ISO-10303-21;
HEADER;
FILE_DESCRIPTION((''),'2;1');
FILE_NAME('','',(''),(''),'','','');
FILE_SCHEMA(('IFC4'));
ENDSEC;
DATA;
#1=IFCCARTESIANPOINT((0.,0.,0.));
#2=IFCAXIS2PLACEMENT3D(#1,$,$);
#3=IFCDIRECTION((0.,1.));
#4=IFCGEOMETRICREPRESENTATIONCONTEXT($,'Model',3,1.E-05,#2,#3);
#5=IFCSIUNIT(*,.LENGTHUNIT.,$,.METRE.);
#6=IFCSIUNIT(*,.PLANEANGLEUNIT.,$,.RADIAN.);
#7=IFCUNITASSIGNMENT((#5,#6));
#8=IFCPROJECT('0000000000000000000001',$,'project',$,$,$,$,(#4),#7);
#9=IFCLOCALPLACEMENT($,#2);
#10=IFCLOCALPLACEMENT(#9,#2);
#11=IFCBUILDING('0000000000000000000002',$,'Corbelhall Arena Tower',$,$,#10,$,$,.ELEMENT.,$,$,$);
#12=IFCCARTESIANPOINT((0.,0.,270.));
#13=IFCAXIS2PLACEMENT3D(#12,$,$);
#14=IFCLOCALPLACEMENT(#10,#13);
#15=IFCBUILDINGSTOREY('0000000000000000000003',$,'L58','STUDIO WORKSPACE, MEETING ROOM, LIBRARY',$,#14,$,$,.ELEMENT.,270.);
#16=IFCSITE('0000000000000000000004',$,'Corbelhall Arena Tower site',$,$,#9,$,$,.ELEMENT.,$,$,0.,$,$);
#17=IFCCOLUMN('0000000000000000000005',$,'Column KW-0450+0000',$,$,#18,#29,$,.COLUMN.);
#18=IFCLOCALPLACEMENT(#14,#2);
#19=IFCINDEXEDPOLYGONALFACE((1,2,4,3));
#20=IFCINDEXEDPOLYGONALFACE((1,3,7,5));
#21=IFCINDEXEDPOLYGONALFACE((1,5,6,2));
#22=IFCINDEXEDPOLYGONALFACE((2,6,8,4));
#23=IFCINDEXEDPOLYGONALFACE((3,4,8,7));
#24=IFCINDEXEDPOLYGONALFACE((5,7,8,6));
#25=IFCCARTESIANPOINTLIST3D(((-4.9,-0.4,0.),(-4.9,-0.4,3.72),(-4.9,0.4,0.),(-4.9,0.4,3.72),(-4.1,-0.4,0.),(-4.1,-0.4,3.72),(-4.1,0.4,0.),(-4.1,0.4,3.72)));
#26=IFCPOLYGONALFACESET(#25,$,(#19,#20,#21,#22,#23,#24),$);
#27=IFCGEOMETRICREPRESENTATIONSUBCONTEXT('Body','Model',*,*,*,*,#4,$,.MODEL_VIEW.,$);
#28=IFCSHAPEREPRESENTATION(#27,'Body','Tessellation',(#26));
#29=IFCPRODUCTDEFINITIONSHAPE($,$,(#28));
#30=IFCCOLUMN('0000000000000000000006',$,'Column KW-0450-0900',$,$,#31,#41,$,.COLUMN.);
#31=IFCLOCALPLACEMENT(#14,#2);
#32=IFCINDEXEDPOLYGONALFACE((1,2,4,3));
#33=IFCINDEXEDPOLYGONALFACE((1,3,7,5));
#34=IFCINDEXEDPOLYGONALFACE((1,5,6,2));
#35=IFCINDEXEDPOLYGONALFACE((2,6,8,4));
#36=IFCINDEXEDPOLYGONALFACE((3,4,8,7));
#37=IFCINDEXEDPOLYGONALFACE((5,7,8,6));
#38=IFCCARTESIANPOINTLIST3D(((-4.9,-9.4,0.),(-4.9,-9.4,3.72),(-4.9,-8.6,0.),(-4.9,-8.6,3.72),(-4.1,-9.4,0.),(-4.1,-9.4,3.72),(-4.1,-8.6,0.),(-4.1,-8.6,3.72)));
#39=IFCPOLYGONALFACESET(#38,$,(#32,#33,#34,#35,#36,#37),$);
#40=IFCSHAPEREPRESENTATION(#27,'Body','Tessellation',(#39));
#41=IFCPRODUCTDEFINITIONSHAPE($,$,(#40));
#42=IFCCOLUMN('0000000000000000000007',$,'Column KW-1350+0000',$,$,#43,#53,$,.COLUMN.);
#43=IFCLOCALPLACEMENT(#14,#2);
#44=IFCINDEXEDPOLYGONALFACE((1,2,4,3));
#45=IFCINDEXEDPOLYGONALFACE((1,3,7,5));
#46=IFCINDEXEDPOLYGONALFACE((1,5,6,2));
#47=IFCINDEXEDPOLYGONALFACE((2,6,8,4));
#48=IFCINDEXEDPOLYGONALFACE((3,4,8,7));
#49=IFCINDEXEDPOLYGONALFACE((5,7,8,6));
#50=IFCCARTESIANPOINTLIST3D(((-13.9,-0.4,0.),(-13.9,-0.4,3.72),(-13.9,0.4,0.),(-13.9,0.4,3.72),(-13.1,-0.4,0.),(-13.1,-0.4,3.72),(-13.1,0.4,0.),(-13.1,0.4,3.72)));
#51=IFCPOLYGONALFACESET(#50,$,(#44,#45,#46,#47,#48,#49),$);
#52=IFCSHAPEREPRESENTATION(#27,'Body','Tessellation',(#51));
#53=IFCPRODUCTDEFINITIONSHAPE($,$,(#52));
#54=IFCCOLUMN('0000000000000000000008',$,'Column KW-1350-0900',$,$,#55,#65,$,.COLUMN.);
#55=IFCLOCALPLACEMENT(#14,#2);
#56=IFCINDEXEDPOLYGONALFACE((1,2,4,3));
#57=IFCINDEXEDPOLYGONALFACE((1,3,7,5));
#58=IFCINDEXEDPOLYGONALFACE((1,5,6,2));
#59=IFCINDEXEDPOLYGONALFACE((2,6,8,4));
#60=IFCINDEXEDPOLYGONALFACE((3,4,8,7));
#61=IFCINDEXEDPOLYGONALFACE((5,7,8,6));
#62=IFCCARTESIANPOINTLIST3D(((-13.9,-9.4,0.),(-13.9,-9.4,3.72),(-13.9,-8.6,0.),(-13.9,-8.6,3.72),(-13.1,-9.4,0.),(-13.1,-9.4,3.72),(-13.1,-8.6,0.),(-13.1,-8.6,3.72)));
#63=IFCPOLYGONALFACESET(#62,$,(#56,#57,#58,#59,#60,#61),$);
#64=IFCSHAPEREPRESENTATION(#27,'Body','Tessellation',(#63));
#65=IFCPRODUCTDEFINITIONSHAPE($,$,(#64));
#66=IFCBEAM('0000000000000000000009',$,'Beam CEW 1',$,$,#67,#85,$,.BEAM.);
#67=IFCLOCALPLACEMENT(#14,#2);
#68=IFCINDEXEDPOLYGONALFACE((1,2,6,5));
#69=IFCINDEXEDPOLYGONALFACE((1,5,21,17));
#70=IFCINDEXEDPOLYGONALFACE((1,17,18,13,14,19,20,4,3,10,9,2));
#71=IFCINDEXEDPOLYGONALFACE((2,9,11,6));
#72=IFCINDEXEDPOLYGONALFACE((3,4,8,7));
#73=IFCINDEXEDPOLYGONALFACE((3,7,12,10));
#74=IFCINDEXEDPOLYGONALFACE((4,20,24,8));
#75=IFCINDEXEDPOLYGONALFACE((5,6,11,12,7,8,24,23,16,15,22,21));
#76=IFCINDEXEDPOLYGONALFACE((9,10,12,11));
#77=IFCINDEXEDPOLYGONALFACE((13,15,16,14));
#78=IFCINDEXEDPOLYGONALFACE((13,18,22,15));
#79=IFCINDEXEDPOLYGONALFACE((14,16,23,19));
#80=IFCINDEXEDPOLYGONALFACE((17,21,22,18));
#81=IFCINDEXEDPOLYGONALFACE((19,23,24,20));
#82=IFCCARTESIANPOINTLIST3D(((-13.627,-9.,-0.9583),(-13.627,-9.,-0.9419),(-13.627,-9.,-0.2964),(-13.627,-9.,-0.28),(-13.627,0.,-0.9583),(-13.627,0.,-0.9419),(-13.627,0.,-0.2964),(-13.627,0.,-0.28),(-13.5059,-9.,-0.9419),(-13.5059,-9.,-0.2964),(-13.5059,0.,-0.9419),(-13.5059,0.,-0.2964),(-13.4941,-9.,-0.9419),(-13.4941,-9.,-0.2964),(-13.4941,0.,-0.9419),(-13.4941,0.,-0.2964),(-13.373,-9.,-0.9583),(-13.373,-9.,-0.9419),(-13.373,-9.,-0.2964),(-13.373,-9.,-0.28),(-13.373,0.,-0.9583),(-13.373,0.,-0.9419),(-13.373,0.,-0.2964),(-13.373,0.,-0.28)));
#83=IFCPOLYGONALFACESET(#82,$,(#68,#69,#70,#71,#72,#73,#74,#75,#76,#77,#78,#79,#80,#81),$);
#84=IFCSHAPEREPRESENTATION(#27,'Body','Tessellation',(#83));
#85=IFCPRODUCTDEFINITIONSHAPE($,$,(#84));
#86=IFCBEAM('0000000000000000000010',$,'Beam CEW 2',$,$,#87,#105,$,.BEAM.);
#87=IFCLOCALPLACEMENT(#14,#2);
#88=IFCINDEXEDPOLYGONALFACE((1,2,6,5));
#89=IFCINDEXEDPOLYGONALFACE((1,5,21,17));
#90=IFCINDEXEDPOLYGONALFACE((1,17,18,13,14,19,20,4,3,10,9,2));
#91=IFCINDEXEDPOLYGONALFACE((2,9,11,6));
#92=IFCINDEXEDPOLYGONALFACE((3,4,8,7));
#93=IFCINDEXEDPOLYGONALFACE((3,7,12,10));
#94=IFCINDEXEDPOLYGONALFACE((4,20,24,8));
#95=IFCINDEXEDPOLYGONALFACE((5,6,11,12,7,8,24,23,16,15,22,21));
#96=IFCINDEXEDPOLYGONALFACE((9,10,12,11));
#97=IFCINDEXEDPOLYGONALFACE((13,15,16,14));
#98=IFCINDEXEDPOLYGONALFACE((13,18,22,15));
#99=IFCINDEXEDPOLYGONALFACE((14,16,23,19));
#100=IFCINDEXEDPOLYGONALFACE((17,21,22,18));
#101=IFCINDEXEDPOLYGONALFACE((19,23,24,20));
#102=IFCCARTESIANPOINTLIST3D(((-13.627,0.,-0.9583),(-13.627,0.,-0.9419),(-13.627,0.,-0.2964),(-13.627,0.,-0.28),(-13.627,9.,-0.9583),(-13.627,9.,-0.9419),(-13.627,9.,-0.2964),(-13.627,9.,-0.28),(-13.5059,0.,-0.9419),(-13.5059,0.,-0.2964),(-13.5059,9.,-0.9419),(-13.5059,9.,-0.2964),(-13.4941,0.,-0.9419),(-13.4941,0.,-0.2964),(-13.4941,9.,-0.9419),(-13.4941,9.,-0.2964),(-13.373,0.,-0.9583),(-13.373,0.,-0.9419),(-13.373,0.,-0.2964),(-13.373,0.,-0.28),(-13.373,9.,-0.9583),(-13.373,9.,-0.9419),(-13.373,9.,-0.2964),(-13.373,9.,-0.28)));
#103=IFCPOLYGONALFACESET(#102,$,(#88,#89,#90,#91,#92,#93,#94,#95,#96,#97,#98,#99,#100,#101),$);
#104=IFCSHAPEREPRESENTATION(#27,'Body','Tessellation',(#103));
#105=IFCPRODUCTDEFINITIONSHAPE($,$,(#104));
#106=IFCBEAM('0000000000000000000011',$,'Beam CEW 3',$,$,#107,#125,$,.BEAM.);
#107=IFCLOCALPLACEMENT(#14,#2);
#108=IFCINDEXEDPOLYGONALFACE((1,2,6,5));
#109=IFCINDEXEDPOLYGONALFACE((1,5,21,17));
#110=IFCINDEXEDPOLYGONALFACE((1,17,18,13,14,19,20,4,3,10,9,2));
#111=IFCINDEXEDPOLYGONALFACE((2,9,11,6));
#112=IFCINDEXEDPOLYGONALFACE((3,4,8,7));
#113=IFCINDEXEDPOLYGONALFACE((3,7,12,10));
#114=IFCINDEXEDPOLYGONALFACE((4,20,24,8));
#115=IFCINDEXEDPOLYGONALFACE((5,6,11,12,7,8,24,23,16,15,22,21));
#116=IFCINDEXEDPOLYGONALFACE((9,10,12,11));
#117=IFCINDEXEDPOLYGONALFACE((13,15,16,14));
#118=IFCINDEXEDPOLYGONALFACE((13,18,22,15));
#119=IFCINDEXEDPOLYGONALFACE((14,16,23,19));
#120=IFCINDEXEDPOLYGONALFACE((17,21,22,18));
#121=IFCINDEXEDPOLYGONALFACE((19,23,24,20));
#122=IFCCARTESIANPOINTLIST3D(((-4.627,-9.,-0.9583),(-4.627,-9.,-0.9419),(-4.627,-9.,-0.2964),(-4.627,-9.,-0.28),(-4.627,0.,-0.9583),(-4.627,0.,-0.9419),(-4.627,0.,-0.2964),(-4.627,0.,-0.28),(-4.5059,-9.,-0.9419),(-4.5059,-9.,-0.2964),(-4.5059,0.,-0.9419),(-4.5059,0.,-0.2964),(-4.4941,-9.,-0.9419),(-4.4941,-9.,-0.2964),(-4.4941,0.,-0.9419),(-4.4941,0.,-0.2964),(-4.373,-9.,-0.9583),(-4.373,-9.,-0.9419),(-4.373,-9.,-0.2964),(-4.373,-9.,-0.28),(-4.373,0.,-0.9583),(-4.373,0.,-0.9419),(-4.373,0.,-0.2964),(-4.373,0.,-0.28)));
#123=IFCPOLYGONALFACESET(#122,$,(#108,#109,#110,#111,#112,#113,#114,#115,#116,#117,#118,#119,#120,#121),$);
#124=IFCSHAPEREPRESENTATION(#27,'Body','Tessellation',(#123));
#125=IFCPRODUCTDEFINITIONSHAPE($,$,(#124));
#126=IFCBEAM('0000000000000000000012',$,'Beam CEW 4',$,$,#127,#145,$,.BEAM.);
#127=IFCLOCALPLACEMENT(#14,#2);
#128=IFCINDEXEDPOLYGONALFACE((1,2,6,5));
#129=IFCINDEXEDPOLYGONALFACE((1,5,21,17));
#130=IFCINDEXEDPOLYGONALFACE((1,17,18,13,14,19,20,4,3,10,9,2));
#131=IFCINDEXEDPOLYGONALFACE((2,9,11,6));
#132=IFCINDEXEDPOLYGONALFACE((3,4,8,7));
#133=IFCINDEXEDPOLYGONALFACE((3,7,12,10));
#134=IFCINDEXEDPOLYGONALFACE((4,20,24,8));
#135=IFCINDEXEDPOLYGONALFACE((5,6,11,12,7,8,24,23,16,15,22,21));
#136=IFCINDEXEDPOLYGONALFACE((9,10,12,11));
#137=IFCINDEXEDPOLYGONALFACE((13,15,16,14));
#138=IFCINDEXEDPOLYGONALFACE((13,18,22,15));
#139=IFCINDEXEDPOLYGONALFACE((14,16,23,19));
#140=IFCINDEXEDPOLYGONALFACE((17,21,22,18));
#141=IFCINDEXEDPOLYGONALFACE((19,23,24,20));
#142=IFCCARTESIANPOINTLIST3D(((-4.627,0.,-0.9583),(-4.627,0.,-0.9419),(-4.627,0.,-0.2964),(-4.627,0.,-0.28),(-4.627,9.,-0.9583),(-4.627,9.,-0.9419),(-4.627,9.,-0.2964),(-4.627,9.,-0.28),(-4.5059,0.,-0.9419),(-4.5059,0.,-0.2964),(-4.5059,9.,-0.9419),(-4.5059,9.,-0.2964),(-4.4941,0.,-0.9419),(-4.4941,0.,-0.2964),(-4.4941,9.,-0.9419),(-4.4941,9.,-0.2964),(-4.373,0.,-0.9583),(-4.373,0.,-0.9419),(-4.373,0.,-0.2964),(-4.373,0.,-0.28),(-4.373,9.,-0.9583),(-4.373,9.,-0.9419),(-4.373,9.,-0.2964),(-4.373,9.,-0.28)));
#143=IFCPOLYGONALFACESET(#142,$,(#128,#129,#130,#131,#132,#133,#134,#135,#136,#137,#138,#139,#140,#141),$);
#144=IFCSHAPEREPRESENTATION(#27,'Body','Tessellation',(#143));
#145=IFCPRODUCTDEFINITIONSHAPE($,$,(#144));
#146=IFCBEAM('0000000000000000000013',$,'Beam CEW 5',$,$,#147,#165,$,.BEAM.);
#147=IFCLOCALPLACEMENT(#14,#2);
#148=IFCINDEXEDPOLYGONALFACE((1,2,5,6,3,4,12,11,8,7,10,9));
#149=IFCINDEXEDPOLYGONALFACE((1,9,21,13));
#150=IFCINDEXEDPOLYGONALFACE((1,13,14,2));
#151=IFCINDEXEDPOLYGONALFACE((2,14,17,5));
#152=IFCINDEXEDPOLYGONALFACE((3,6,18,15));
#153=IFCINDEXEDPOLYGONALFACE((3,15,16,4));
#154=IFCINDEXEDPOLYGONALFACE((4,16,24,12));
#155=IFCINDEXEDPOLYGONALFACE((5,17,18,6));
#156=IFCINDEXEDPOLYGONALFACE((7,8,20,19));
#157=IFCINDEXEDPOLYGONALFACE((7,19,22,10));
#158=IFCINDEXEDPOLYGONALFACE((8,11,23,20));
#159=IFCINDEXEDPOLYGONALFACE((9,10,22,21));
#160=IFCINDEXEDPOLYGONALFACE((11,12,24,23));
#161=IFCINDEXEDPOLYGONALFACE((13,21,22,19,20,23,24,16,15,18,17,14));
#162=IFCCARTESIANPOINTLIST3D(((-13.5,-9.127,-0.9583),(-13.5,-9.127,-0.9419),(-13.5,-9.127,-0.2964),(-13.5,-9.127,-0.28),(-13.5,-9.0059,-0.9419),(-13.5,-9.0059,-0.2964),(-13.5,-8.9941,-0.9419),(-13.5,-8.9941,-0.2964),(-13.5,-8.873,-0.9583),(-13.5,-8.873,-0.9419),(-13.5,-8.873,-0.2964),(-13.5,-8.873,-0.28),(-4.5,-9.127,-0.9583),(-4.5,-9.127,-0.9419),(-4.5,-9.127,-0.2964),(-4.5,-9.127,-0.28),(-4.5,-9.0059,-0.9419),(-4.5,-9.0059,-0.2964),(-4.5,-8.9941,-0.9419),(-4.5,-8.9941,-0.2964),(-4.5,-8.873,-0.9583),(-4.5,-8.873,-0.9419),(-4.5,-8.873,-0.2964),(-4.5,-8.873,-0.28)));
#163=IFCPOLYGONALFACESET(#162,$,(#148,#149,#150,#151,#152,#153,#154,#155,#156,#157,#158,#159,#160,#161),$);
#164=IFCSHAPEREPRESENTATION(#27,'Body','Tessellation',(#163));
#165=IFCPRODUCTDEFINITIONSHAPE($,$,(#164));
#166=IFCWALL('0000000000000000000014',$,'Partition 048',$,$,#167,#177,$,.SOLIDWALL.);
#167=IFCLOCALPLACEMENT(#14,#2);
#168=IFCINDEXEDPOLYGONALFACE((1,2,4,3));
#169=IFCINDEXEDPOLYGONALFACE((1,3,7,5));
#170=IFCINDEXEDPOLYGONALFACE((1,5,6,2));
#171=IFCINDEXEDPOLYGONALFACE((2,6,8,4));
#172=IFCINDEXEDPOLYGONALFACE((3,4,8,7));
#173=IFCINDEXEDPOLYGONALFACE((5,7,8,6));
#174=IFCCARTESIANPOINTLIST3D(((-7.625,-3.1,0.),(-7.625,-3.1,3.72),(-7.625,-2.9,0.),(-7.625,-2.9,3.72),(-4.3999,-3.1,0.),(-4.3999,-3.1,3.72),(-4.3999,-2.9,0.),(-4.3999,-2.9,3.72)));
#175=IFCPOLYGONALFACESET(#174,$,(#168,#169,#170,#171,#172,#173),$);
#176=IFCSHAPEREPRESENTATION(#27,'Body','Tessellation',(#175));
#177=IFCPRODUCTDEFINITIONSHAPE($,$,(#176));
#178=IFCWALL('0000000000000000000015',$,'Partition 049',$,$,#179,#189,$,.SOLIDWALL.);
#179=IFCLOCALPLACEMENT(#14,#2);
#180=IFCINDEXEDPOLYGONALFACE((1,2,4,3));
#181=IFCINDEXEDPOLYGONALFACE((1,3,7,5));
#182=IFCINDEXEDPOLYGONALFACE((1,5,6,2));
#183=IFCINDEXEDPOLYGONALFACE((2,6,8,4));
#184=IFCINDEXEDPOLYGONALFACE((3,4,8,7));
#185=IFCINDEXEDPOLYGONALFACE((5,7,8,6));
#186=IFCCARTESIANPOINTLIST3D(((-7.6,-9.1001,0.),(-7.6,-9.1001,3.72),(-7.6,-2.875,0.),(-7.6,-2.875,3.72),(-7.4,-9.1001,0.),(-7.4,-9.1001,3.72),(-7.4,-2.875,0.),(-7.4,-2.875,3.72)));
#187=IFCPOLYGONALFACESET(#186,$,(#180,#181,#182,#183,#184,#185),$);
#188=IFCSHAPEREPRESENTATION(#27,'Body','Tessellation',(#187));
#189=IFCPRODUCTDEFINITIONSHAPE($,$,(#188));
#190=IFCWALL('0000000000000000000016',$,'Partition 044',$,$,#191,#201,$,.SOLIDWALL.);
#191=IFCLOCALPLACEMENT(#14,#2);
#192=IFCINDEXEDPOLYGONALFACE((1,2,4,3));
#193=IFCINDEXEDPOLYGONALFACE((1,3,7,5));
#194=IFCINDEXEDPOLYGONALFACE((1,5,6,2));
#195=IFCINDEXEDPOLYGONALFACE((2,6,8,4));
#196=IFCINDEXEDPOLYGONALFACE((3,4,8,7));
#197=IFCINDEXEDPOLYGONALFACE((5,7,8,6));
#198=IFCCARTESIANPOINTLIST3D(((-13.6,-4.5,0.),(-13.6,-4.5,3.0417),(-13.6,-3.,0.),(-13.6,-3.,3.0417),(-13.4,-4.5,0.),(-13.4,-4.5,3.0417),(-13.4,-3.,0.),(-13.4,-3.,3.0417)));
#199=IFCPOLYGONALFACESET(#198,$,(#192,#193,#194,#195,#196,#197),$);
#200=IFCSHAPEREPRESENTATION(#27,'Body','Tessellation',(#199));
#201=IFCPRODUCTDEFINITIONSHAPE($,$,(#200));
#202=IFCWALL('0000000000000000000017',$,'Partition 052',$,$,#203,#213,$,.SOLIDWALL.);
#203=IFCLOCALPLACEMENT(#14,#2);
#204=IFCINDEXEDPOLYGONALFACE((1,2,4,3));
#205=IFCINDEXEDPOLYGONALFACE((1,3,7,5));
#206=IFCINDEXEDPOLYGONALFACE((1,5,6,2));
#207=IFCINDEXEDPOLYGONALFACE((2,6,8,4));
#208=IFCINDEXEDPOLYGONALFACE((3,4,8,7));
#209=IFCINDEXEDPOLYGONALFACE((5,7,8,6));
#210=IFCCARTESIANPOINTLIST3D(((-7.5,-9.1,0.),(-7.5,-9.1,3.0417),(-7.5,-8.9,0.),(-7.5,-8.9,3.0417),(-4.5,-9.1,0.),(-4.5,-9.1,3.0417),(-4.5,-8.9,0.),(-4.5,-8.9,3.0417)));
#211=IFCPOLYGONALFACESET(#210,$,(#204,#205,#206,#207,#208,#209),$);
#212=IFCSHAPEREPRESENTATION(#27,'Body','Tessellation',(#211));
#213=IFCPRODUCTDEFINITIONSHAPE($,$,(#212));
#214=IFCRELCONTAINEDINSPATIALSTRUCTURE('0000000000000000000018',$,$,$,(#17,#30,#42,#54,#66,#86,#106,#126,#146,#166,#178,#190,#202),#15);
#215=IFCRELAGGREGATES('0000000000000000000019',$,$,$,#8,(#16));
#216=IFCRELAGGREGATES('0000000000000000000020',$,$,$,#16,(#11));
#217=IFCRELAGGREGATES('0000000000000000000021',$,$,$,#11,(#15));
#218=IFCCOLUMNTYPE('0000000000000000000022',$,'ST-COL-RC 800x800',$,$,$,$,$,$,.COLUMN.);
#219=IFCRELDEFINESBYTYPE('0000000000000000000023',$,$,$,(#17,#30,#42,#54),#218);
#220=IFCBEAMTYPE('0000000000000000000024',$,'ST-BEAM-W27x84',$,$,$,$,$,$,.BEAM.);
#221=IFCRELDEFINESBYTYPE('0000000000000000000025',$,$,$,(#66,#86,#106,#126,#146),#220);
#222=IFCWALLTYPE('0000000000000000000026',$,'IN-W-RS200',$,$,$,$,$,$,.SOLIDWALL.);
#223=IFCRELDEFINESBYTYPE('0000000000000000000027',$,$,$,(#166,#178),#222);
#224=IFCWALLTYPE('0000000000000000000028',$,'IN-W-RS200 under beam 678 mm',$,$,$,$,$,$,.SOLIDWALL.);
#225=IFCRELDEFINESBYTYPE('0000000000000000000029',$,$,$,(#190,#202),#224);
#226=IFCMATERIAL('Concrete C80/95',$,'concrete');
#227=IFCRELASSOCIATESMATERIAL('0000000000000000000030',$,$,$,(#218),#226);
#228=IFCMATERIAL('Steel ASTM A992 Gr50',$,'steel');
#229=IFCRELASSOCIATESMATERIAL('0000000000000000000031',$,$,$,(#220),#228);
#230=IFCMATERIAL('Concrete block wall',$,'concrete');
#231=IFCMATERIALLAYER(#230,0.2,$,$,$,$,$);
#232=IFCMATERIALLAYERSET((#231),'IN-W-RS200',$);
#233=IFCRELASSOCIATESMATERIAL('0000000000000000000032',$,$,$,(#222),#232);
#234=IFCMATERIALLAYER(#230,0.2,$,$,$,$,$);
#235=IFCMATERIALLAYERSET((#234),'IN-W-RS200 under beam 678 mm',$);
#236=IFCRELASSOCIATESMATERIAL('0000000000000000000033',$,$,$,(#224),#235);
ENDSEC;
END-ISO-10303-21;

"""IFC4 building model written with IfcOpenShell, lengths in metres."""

from ifc_helpers import new_model, si_unit, direction, frame, frame_2d, origin, origin_2d, place, context, subcontext, project, spatial, rectangle, i_section, extrude, material, layer, layer_set, material_profile, profile_set, type_object, element, save


model = new_model("IFC4")

# Units and contexts
model_context = context("Model", 3, precision=1e-05, world=origin(), true_north=direction((0.0, 1.0)))
body_context = subcontext(model_context, "Body", "Model", "MODEL_VIEW")
ifc_project = project(units=[si_unit("LENGTHUNIT", "METRE"), si_unit("PLANEANGLEUNIT", "RADIAN")], contexts=[model_context])

# Site, building, storey
site_placement = place(None, origin())
site = spatial("IfcSite", under=ifc_project, at=site_placement, Name="Corbelhall Arena Tower site", CompositionType="ELEMENT", RefElevation=0.0)
building_placement = place(site_placement, origin())
building = spatial("IfcBuilding", under=site, at=building_placement, Name="Corbelhall Arena Tower", CompositionType="ELEMENT")
storey_placement = place(building_placement, frame((0.0, 0.0, 270.0)))
storey = spatial("IfcBuildingStorey", under=building, at=storey_placement, Name="L58", Description="STUDIO WORKSPACE, MEETING ROOM, LIBRARY", CompositionType="ELEMENT", Elevation=270.0)

# Columns
ifc_material_1 = material(Name="Concrete C80/95", Category="concrete")
ifc_material_profile_1 = material_profile(ifc_material_1, rectangle(XDim=0.8, YDim=0.8, at=origin_2d()))
ifc_profile_set_1 = profile_set([ifc_material_profile_1], Name="Concrete C80/95")
column_type = type_object("IfcColumnType", Name="ST-COL-RC 800x800", PredefinedType="COLUMN", material=ifc_profile_set_1)
for number, where, z_axis, x_axis, name in (
    (1, (-4.5, 0.0, 0.0), (0.0, 0.0, 1.0), (1.0, 0.0, 0.0), "Column KW-0450+0000"),
    (2, (-4.5, -9.0, 0.0), (0.0, 0.0, 1.0), (1.0, 0.0, 0.0), "Column KW-0450-0900"),
    (3, (-13.5, 0.0, 0.0), (0.0, 0.0, 1.0), (1.0, 0.0, 0.0), "Column KW-1350+0000"),
    (4, (-13.5, -9.0, 0.0), (0.0, 0.0, 1.0), (1.0, 0.0, 0.0), "Column KW-1350-0900"),
):
    element("IfcColumn", number, at=place(storey_placement, frame(where, z_axis=z_axis, x_axis=x_axis)), inside=storey, type_object=column_type, Name=name, PredefinedType="COLUMN", context=body_context, shape_type="SweptSolid", body=[
        extrude(rectangle(XDim=0.8, YDim=0.8, at=origin_2d()), origin(), (0.0, 0.0, 1.0), 3.72),
    ])

# Beams
ifc_material_2 = material(Name="Steel ASTM A992 Gr50", Category="steel")
ifc_material_profile_2 = material_profile(ifc_material_2, i_section(OverallWidth=0.2539, OverallDepth=0.6782, WebThickness=0.0117, FlangeThickness=0.0164, at=origin_2d()))
ifc_profile_set_2 = profile_set([ifc_material_profile_2], Name="Steel ASTM A992 Gr50")
beam_type = type_object("IfcBeamType", Name="ST-BEAM-W27x84", PredefinedType="BEAM", material=ifc_profile_set_2)
for number, where, z_axis, x_axis, name in (
    (5, (-13.5, -9.0, -0.6191), (0.0, 1.0, 0.0), (-1.0, 0.0, 0.0), "Beam CEW 1"),
    (6, (-13.5, 0.0, -0.6191), (0.0, 1.0, 0.0), (-1.0, 0.0, 0.0), "Beam CEW 2"),
    (7, (-4.5, -9.0, -0.6191), (0.0, 1.0, 0.0), (-1.0, 0.0, 0.0), "Beam CEW 3"),
    (8, (-4.5, 0.0, -0.6191), (0.0, 1.0, 0.0), (-1.0, 0.0, 0.0), "Beam CEW 4"),
    (9, (-13.5, -9.0, -0.6191), (1.0, 0.0, 0.0), (0.0, 1.0, 0.0), "Beam CEW 5"),
):
    element("IfcBeam", number, at=place(storey_placement, frame(where, z_axis=z_axis, x_axis=x_axis)), inside=storey, type_object=beam_type, Name=name, PredefinedType="BEAM", context=body_context, shape_type="SweptSolid", body=[
        extrude(i_section(OverallWidth=0.2539, OverallDepth=0.6782, WebThickness=0.0117, FlangeThickness=0.0164, at=origin_2d()), origin(), (0.0, 0.0, 1.0), 9.0),
    ])

# Shared definitions
ifc_material_3 = material(Name="Concrete block wall", Category="concrete")
ifc_layer_1 = layer(ifc_material_3, 0.2)
ifc_layer_set_1 = layer_set([ifc_layer_1], Name="IN-W-RS200")
wall_type_1 = type_object("IfcWallType", Name="IN-W-RS200", PredefinedType="SOLIDWALL", material=ifc_layer_set_1)

# Walls
wall_1_placement = place(storey_placement, frame((-7.625, -3.0, 0.0), z_axis=(0.0, 0.0, 1.0), x_axis=(1.0, 0.0, 0.0)))
element("IfcWall", 10, at=wall_1_placement, inside=storey, type_object=wall_type_1, Name="Partition 048", PredefinedType="SOLIDWALL", context=body_context, shape_type="SweptSolid", body=[
    extrude(rectangle(XDim=3.2251, YDim=0.2, at=frame_2d((1.6125, 0.0))), origin(), (0.0, 0.0, 1.0), 3.72),
])
wall_2_placement = place(storey_placement, frame((-7.5, -9.1001, 0.0), z_axis=(0.0, 0.0, 1.0), x_axis=(0.0, 1.0, 0.0)))
element("IfcWall", 11, at=wall_2_placement, inside=storey, type_object=wall_type_1, Name="Partition 049", PredefinedType="SOLIDWALL", context=body_context, shape_type="SweptSolid", body=[
    extrude(rectangle(XDim=6.2251, YDim=0.2, at=frame_2d((3.1125, 0.0))), origin(), (0.0, 0.0, 1.0), 3.72),
])
ifc_layer_2 = layer(ifc_material_3, 0.2)
ifc_layer_set_2 = layer_set([ifc_layer_2], Name="IN-W-RS200 under beam 678 mm")
wall_type_2 = type_object("IfcWallType", Name="IN-W-RS200 under beam 678 mm", PredefinedType="SOLIDWALL", material=ifc_layer_set_2)
wall_3_placement = place(storey_placement, frame((-13.5, -4.5, 0.0), z_axis=(0.0, 0.0, 1.0), x_axis=(0.0, 1.0, 0.0)))
element("IfcWall", 12, at=wall_3_placement, inside=storey, type_object=wall_type_2, Name="Partition 044", PredefinedType="SOLIDWALL", context=body_context, shape_type="SweptSolid", body=[
    extrude(rectangle(XDim=1.5, YDim=0.2, at=frame_2d((0.75, 0.0))), origin(), (0.0, 0.0, 1.0), 3.0417),
])
wall_4_placement = place(storey_placement, frame((-4.5, -9.0, 0.0), z_axis=(0.0, 0.0, 1.0), x_axis=(-1.0, 0.0, 0.0)))
element("IfcWall", 13, at=wall_4_placement, inside=storey, type_object=wall_type_2, Name="Partition 052", PredefinedType="SOLIDWALL", context=body_context, shape_type="SweptSolid", body=[
    extrude(rectangle(XDim=3.0, YDim=0.2, at=frame_2d((1.5, 0.0))), origin(), (0.0, 0.0, 1.0), 3.0417),
])

save(model, "model.ifc")
